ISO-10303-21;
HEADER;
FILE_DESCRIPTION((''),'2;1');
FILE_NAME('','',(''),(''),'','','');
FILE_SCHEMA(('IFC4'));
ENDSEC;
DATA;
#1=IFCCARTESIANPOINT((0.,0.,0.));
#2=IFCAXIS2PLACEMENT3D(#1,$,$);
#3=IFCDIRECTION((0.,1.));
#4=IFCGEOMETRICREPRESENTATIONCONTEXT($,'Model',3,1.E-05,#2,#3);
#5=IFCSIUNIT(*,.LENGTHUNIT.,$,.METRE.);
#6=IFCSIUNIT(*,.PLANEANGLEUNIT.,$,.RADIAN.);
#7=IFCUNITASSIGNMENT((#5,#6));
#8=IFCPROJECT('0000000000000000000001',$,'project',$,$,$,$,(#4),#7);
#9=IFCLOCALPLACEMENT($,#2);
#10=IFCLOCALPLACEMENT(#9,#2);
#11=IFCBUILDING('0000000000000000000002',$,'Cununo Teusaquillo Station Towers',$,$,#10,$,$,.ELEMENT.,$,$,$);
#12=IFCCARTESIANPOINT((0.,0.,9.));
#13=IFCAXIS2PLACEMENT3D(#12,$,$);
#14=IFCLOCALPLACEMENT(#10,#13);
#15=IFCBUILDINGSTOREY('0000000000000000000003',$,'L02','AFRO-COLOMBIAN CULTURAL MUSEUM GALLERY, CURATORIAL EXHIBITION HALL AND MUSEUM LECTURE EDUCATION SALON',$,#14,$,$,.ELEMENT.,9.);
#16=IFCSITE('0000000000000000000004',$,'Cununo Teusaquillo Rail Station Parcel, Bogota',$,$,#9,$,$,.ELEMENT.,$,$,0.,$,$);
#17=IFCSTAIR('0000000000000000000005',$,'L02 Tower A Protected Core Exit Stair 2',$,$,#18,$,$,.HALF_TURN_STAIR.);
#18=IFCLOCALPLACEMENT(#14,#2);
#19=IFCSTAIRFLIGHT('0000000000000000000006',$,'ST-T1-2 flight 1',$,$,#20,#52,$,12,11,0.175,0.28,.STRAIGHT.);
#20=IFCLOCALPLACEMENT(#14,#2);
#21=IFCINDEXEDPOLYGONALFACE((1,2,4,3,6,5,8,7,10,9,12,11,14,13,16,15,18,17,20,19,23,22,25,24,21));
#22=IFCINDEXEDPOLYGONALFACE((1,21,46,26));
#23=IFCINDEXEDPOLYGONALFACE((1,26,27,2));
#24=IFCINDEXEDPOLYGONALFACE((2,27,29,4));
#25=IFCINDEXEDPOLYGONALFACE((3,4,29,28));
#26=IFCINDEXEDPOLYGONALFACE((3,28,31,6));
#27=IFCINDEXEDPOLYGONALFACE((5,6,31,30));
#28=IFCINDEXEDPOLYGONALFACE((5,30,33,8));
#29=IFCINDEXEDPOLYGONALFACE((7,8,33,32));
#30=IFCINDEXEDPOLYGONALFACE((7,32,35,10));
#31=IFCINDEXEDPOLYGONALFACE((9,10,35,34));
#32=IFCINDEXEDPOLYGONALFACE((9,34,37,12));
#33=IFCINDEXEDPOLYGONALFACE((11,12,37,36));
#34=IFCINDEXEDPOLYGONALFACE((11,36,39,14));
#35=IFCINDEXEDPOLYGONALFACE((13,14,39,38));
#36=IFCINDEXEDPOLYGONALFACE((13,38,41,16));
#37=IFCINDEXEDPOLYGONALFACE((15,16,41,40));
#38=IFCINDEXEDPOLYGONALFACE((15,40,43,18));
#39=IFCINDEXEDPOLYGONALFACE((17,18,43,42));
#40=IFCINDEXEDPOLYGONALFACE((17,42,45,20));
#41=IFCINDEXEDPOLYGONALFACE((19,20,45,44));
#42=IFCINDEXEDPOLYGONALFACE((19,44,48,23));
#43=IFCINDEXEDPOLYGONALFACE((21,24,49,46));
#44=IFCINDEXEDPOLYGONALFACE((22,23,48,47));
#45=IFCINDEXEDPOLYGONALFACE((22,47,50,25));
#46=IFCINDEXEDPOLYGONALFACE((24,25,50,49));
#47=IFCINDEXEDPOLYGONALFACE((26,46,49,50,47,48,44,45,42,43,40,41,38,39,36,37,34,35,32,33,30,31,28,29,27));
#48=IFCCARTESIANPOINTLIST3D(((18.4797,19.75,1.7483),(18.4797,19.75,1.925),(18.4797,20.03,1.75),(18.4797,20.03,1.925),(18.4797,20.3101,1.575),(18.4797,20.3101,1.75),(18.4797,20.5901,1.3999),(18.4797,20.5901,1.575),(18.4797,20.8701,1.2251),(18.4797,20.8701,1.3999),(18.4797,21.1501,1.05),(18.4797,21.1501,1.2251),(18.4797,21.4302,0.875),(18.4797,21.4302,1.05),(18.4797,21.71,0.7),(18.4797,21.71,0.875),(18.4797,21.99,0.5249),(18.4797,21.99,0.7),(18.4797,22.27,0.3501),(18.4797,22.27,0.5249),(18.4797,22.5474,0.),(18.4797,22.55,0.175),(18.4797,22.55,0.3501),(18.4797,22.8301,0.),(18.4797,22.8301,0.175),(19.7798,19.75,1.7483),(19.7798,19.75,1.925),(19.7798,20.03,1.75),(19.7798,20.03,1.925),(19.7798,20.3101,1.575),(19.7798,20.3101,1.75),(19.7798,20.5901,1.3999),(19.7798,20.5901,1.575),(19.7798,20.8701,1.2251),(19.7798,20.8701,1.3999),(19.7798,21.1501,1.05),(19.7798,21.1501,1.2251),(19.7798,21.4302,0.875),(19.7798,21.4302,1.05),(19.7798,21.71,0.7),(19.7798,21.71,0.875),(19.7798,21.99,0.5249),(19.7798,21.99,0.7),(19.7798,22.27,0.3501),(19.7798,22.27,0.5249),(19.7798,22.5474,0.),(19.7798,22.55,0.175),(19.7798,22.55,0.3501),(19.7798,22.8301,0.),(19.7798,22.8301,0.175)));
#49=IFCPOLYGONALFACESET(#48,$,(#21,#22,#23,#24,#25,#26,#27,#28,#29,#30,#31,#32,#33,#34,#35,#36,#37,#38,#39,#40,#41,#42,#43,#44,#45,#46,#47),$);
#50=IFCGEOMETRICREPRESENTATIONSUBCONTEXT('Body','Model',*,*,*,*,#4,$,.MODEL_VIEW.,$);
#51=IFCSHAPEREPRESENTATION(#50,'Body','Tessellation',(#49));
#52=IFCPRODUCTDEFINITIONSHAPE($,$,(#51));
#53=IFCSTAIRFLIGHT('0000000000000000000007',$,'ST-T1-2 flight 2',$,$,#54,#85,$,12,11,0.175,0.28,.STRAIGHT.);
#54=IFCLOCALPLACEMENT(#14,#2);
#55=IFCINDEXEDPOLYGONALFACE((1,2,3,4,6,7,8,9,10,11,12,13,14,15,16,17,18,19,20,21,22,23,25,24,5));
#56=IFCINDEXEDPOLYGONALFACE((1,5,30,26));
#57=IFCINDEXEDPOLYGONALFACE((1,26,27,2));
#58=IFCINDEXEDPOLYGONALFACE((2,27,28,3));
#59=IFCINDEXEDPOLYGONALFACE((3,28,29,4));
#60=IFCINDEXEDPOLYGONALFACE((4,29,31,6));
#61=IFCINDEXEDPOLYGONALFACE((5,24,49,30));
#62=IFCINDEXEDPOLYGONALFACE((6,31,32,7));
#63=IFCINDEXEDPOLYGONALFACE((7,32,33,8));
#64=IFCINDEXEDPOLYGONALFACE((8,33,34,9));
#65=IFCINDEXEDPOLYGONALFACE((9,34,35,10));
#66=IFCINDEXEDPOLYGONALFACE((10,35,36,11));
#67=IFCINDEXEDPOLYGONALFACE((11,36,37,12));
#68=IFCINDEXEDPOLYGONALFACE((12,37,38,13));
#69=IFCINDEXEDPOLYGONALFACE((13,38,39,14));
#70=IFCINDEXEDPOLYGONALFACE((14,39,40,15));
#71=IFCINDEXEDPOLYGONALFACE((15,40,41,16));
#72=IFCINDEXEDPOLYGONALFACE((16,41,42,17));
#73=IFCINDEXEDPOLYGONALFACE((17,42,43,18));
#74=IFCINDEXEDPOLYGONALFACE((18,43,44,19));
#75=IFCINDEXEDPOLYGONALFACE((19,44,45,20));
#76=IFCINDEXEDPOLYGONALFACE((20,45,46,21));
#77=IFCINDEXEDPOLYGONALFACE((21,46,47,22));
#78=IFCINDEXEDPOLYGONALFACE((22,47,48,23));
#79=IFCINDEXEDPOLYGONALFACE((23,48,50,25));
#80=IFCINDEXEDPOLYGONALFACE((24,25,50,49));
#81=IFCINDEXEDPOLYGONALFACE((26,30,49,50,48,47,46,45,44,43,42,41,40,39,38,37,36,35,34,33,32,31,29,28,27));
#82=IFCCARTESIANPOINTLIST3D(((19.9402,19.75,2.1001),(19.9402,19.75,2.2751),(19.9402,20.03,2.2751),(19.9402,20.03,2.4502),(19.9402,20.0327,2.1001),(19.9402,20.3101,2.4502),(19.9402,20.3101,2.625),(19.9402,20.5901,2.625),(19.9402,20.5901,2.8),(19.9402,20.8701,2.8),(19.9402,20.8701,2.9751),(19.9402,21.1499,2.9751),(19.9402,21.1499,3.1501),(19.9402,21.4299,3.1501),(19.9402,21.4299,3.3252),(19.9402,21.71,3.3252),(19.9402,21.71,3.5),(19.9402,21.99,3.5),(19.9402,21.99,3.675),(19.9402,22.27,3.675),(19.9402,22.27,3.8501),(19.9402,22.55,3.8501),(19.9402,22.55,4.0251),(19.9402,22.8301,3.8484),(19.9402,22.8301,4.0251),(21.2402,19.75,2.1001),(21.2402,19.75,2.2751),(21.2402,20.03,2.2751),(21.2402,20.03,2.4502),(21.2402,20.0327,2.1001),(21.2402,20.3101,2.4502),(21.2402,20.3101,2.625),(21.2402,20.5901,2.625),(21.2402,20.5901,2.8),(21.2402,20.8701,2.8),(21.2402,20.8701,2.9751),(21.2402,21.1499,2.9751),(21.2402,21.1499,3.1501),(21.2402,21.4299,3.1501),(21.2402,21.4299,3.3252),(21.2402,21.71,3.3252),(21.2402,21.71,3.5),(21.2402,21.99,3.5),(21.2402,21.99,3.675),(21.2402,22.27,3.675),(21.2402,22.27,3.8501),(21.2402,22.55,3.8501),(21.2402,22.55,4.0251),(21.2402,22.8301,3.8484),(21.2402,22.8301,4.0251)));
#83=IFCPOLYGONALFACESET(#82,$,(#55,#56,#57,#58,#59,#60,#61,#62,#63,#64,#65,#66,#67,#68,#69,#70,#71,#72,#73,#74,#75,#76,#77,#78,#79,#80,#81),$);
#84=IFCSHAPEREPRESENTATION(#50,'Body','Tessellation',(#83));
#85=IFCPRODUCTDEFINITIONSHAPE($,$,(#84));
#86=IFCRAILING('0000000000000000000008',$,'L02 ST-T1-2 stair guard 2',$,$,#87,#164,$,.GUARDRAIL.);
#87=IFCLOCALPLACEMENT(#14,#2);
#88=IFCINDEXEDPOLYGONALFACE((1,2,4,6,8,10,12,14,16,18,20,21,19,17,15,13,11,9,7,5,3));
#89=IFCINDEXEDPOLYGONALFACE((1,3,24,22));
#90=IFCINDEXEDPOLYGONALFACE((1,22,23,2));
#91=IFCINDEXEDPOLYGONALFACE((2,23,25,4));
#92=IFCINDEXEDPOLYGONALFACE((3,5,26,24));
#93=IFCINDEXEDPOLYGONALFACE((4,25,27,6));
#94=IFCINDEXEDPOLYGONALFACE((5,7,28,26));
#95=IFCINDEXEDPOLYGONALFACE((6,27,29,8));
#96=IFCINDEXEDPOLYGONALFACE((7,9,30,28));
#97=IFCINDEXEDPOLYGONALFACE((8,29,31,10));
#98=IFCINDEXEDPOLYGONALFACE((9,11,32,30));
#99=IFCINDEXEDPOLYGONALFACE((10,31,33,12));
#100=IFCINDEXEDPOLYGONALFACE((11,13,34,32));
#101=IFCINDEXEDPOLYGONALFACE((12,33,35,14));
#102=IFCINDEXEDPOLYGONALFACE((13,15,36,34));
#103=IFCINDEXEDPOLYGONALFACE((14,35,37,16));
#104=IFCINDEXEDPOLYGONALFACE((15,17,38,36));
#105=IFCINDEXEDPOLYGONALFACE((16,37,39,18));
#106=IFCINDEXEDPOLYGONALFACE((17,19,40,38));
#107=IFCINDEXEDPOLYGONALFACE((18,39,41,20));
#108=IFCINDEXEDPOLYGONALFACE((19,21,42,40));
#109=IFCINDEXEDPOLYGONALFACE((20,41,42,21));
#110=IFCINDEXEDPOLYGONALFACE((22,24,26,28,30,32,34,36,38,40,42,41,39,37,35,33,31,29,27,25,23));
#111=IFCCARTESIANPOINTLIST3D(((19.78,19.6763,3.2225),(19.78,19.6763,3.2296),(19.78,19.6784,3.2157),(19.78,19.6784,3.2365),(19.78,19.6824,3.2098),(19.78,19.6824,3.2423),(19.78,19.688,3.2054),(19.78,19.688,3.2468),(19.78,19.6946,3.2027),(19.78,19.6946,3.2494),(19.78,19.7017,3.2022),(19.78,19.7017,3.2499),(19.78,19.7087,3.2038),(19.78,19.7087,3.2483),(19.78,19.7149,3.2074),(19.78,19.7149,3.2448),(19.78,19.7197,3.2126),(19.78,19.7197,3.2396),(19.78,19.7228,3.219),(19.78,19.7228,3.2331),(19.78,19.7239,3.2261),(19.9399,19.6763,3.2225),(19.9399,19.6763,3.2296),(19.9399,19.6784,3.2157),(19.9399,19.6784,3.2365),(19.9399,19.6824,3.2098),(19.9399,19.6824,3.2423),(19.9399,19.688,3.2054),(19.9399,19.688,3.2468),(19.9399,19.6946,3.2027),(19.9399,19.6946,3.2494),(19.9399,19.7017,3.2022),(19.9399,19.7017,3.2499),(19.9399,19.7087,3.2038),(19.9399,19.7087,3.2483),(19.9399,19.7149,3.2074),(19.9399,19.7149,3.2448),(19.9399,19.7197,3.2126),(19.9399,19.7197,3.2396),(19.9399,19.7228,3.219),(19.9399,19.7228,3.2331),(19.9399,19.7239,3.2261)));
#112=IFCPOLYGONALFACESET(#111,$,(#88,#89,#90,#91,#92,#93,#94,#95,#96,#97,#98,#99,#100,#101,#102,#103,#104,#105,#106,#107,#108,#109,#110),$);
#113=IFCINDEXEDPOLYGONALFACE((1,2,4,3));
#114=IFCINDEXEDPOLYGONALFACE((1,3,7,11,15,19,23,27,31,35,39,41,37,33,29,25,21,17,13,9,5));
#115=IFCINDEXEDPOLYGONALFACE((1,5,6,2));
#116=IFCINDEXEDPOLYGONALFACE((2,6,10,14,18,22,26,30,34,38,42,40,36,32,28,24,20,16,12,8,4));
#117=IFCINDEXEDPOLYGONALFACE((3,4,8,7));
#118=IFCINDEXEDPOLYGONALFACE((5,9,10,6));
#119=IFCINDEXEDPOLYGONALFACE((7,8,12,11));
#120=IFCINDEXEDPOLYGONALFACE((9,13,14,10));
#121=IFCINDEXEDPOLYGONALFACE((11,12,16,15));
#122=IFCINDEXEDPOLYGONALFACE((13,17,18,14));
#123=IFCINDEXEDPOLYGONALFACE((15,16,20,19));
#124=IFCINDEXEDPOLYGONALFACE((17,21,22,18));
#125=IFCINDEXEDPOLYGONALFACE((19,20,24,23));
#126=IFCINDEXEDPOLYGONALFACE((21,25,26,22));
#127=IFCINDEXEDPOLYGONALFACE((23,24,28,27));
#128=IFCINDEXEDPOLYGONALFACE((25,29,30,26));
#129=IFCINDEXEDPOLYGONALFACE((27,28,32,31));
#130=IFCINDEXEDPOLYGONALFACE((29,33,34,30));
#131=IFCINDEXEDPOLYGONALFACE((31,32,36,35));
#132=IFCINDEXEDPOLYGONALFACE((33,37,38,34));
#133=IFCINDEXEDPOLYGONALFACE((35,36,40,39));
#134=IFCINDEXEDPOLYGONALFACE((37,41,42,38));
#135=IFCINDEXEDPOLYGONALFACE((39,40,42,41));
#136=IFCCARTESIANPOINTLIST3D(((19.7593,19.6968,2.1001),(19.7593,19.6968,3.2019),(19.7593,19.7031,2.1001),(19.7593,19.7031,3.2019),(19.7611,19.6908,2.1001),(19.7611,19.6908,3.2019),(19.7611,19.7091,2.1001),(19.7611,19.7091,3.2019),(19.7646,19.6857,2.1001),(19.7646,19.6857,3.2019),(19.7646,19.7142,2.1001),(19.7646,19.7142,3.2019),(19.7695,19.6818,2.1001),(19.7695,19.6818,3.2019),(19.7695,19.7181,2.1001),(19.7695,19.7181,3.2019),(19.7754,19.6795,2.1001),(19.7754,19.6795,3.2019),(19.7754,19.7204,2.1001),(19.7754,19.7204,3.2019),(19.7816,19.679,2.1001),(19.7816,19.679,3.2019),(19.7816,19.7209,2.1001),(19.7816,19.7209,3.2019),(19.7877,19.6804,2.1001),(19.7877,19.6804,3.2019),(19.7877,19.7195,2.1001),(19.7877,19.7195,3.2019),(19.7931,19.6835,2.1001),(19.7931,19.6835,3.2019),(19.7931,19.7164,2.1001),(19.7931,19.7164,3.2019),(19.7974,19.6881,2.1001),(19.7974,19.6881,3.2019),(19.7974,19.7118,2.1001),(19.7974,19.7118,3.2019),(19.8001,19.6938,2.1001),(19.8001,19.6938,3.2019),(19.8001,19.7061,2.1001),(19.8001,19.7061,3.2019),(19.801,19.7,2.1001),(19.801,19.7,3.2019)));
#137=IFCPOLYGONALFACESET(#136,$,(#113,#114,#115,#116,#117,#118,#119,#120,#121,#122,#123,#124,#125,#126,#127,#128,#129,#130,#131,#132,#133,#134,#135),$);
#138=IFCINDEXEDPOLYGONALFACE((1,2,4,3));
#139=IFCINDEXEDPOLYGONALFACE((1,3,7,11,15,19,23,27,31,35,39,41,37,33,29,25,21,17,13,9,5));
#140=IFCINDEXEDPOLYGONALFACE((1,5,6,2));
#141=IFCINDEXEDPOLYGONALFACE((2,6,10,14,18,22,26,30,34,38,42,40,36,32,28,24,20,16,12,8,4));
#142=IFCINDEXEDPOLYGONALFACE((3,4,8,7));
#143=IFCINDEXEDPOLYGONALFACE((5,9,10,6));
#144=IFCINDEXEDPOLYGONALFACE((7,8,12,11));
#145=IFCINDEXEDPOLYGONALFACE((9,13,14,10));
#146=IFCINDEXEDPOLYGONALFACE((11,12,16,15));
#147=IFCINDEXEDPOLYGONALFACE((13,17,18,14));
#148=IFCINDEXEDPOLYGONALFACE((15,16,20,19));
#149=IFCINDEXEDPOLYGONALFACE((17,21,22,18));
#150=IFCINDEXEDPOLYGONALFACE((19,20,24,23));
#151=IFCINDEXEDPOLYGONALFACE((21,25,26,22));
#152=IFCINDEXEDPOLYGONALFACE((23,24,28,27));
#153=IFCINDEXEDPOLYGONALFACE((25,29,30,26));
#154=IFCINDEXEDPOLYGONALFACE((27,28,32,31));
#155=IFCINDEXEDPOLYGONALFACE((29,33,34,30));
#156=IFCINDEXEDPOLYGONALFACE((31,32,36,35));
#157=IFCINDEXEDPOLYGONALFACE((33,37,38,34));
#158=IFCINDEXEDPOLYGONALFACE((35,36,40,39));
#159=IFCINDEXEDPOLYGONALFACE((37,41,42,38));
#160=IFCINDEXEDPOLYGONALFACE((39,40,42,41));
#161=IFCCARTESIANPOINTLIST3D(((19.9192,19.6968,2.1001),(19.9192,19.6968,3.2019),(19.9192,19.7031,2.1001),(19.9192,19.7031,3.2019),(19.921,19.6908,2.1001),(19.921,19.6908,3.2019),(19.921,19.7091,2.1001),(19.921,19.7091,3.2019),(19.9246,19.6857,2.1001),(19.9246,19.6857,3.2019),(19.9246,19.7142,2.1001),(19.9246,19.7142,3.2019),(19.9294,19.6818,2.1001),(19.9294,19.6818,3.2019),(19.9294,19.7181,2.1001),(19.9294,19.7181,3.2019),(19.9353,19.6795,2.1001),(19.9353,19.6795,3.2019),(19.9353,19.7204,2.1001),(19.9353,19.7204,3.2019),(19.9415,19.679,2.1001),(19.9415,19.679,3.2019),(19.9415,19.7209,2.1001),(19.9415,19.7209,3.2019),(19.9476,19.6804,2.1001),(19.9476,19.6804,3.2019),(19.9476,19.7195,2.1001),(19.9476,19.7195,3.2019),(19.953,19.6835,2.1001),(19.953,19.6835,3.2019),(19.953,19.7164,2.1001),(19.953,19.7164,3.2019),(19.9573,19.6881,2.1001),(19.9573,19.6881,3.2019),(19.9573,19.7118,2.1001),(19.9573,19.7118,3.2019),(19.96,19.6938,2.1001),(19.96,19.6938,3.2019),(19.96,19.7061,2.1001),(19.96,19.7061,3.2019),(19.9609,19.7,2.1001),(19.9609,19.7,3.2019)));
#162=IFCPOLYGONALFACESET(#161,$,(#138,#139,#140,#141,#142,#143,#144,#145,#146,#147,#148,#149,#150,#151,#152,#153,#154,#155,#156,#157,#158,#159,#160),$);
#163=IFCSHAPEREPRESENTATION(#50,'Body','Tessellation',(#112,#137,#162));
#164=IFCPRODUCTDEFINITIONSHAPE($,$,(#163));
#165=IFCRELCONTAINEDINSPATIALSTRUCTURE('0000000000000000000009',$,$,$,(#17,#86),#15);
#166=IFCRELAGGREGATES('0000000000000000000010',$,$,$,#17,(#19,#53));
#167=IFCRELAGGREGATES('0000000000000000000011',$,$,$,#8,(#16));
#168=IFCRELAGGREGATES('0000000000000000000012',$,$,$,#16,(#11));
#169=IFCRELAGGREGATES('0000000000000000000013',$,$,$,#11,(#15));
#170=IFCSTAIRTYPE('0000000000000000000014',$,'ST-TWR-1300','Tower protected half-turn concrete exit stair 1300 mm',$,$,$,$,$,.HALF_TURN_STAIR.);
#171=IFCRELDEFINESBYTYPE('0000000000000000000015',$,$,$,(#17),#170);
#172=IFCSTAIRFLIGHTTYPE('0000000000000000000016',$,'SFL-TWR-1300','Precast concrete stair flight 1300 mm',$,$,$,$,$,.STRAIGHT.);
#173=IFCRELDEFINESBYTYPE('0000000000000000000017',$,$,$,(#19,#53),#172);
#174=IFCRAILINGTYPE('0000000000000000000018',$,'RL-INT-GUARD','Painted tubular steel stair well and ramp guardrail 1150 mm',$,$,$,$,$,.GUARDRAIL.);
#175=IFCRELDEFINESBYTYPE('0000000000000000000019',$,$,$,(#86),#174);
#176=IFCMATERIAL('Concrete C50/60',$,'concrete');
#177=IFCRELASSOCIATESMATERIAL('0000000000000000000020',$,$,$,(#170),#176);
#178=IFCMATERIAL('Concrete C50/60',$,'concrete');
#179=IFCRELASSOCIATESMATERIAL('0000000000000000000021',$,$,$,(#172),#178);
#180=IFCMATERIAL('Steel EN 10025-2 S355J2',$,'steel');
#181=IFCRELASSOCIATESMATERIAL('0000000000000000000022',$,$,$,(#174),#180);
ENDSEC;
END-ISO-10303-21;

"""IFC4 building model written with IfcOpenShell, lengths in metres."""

from ifc_helpers import new_model, si_unit, direction, frame, origin, origin_2d, place, context, subcontext, project, spatial, polyline, circle, outline, extrude, material, type_object, element, aggregate, save


model = new_model("IFC4")

# Units and contexts
model_context = context("Model", 3, precision=1e-05, world=origin(), true_north=direction((0.0, 1.0)))
body_context = subcontext(model_context, "Body", "Model", "MODEL_VIEW")
ifc_project = project(units=[si_unit("LENGTHUNIT", "METRE"), si_unit("PLANEANGLEUNIT", "RADIAN")], contexts=[model_context])

# Site, building, storey
site_placement = place(None, origin())
site = spatial("IfcSite", under=ifc_project, at=site_placement, Name="Cununo Teusaquillo Rail Station Parcel, Bogota", CompositionType="ELEMENT", RefElevation=0.0)
building_placement = place(site_placement, origin())
building = spatial("IfcBuilding", under=site, at=building_placement, Name="Cununo Teusaquillo Station Towers", CompositionType="ELEMENT")
storey_placement = place(building_placement, frame((0.0, 0.0, 9.0)))
storey = spatial("IfcBuildingStorey", under=building, at=storey_placement, Name="L02", Description="AFRO-COLOMBIAN CULTURAL MUSEUM GALLERY, CURATORIAL EXHIBITION HALL AND MUSEUM LECTURE EDUCATION SALON", CompositionType="ELEMENT", Elevation=9.0)

# Stair, stair flights
ifc_material_1 = material(Name="Concrete C50/60", Category="concrete")
stair_type = type_object("IfcStairType", Name="ST-TWR-1300", Description="Tower protected half-turn concrete exit stair 1300 mm", PredefinedType="HALF_TURN_STAIR", material=ifc_material_1)
stair_placement = place(storey_placement, origin())
stair = element("IfcStair", 1, at=stair_placement, inside=storey, type_object=stair_type, Name="L02 Tower A Protected Core Exit Stair 2", PredefinedType="HALF_TURN_STAIR")
ifc_material_2 = material(Name="Concrete C50/60", Category="concrete")
stair_flight_type = type_object("IfcStairFlightType", Name="SFL-TWR-1300", Description="Precast concrete stair flight 1300 mm", PredefinedType="STRAIGHT", material=ifc_material_2)
stair_flight_1_placement = place(storey_placement, frame((19.1299, 22.8301, 0.0), z_axis=(0.0, 0.0, 1.0), x_axis=(0.0, -1.0, 0.0)))
stair_flight_1 = element("IfcStairFlight", 2, at=stair_flight_1_placement, type_object=stair_flight_type, Name="ST-T1-2 flight 1", NumberOfRisers=12, NumberOfTreads=11, PredefinedType="STRAIGHT", RiserHeight=0.175, TreadLength=0.28, context=body_context, shape_type="SweptSolid", body=[
    extrude(outline(polyline([(0.0, 0.0), (0.0, 0.175), (0.28, 0.175), (0.28, 0.3501), (0.5601, 0.3501), (0.5601, 0.5249), (0.8401, 0.5249), (0.8401, 0.7), (1.1201, 0.7), (1.1201, 0.875), (1.3999, 0.875), (1.3999, 1.05), (1.6799, 1.05), (1.6799, 1.2251), (1.96, 1.2251), (1.96, 1.3999), (2.24, 1.3999), (2.24, 1.575), (2.52, 1.575), (2.52, 1.75), (2.8, 1.75), (2.8, 1.925), (3.0801, 1.925), (3.0801, 2.1001), (3.0801, 1.7483), (0.2827, 0.0), (0.0, 0.0)])), frame((0.0, 0.6499, 0.0), z_axis=(0.0, -1.0, 0.0), x_axis=(1.0, 0.0, 0.0)), (0.0, 0.0, 1.0), 1.3),
])
stair_flight_2_placement = place(storey_placement, frame((20.5901, 19.75, 2.1001), z_axis=(0.0, 0.0, 1.0), x_axis=(0.0, 1.0, 0.0)))
stair_flight_2 = element("IfcStairFlight", 3, at=stair_flight_2_placement, type_object=stair_flight_type, Name="ST-T1-2 flight 2", NumberOfRisers=12, NumberOfTreads=11, PredefinedType="STRAIGHT", RiserHeight=0.175, TreadLength=0.28, context=body_context, shape_type="SweptSolid", body=[
    extrude(outline(polyline([(0.0, 0.0), (0.0, 0.175), (0.28, 0.175), (0.28, 0.3501), (0.5601, 0.3501), (0.5601, 0.5249), (0.8401, 0.5249), (0.8401, 0.7), (1.1201, 0.7), (1.1201, 0.875), (1.3999, 0.875), (1.3999, 1.05), (1.6799, 1.05), (1.6799, 1.2251), (1.96, 1.2251), (1.96, 1.3999), (2.24, 1.3999), (2.24, 1.575), (2.52, 1.575), (2.52, 1.75), (2.8, 1.75), (2.8, 1.925), (3.0801, 1.925), (3.0801, 2.1001), (3.0801, 1.7483), (0.2827, 0.0), (0.0, 0.0)])), frame((0.0, 0.6499, 0.0), z_axis=(0.0, -1.0, 0.0), x_axis=(1.0, 0.0, 0.0)), (0.0, 0.0, 1.0), 1.3),
])
aggregate(stair, [stair_flight_1, stair_flight_2])

# Railing
ifc_material_3 = material(Name="Steel EN 10025-2 S355J2", Category="steel")
railing_type_1 = type_object("IfcRailingType", Name="RL-INT-GUARD", Description="Painted tubular steel stair well and ramp guardrail 1150 mm", PredefinedType="GUARDRAIL", material=ifc_material_3)
railing_1_placement = place(storey_placement, frame((19.78, 19.7, 2.1001)))
element("IfcRailing", 4, at=railing_1_placement, inside=storey, type_object=railing_type_1, Name="L02 ST-T1-2 stair guard 2", PredefinedType="GUARDRAIL", context=body_context, shape_type="SweptSolid", body=[
    extrude(circle(Radius=0.0239, at=origin_2d()), frame((0.0, 0.0, 1.126), z_axis=(1.0, 0.0, 0.0), x_axis=(0.0, 1.0, 0.0)), (0.0, 0.0, 1.0), 0.1599),
    extrude(circle(Radius=0.021, at=origin_2d()), origin(), (0.0, 0.0, 1.0), 1.1018),
    extrude(circle(Radius=0.021, at=origin_2d()), frame((0.1599, 0.0, 0.0)), (0.0, 0.0, 1.0), 1.1018),
])

save(model, "model.ifc")
